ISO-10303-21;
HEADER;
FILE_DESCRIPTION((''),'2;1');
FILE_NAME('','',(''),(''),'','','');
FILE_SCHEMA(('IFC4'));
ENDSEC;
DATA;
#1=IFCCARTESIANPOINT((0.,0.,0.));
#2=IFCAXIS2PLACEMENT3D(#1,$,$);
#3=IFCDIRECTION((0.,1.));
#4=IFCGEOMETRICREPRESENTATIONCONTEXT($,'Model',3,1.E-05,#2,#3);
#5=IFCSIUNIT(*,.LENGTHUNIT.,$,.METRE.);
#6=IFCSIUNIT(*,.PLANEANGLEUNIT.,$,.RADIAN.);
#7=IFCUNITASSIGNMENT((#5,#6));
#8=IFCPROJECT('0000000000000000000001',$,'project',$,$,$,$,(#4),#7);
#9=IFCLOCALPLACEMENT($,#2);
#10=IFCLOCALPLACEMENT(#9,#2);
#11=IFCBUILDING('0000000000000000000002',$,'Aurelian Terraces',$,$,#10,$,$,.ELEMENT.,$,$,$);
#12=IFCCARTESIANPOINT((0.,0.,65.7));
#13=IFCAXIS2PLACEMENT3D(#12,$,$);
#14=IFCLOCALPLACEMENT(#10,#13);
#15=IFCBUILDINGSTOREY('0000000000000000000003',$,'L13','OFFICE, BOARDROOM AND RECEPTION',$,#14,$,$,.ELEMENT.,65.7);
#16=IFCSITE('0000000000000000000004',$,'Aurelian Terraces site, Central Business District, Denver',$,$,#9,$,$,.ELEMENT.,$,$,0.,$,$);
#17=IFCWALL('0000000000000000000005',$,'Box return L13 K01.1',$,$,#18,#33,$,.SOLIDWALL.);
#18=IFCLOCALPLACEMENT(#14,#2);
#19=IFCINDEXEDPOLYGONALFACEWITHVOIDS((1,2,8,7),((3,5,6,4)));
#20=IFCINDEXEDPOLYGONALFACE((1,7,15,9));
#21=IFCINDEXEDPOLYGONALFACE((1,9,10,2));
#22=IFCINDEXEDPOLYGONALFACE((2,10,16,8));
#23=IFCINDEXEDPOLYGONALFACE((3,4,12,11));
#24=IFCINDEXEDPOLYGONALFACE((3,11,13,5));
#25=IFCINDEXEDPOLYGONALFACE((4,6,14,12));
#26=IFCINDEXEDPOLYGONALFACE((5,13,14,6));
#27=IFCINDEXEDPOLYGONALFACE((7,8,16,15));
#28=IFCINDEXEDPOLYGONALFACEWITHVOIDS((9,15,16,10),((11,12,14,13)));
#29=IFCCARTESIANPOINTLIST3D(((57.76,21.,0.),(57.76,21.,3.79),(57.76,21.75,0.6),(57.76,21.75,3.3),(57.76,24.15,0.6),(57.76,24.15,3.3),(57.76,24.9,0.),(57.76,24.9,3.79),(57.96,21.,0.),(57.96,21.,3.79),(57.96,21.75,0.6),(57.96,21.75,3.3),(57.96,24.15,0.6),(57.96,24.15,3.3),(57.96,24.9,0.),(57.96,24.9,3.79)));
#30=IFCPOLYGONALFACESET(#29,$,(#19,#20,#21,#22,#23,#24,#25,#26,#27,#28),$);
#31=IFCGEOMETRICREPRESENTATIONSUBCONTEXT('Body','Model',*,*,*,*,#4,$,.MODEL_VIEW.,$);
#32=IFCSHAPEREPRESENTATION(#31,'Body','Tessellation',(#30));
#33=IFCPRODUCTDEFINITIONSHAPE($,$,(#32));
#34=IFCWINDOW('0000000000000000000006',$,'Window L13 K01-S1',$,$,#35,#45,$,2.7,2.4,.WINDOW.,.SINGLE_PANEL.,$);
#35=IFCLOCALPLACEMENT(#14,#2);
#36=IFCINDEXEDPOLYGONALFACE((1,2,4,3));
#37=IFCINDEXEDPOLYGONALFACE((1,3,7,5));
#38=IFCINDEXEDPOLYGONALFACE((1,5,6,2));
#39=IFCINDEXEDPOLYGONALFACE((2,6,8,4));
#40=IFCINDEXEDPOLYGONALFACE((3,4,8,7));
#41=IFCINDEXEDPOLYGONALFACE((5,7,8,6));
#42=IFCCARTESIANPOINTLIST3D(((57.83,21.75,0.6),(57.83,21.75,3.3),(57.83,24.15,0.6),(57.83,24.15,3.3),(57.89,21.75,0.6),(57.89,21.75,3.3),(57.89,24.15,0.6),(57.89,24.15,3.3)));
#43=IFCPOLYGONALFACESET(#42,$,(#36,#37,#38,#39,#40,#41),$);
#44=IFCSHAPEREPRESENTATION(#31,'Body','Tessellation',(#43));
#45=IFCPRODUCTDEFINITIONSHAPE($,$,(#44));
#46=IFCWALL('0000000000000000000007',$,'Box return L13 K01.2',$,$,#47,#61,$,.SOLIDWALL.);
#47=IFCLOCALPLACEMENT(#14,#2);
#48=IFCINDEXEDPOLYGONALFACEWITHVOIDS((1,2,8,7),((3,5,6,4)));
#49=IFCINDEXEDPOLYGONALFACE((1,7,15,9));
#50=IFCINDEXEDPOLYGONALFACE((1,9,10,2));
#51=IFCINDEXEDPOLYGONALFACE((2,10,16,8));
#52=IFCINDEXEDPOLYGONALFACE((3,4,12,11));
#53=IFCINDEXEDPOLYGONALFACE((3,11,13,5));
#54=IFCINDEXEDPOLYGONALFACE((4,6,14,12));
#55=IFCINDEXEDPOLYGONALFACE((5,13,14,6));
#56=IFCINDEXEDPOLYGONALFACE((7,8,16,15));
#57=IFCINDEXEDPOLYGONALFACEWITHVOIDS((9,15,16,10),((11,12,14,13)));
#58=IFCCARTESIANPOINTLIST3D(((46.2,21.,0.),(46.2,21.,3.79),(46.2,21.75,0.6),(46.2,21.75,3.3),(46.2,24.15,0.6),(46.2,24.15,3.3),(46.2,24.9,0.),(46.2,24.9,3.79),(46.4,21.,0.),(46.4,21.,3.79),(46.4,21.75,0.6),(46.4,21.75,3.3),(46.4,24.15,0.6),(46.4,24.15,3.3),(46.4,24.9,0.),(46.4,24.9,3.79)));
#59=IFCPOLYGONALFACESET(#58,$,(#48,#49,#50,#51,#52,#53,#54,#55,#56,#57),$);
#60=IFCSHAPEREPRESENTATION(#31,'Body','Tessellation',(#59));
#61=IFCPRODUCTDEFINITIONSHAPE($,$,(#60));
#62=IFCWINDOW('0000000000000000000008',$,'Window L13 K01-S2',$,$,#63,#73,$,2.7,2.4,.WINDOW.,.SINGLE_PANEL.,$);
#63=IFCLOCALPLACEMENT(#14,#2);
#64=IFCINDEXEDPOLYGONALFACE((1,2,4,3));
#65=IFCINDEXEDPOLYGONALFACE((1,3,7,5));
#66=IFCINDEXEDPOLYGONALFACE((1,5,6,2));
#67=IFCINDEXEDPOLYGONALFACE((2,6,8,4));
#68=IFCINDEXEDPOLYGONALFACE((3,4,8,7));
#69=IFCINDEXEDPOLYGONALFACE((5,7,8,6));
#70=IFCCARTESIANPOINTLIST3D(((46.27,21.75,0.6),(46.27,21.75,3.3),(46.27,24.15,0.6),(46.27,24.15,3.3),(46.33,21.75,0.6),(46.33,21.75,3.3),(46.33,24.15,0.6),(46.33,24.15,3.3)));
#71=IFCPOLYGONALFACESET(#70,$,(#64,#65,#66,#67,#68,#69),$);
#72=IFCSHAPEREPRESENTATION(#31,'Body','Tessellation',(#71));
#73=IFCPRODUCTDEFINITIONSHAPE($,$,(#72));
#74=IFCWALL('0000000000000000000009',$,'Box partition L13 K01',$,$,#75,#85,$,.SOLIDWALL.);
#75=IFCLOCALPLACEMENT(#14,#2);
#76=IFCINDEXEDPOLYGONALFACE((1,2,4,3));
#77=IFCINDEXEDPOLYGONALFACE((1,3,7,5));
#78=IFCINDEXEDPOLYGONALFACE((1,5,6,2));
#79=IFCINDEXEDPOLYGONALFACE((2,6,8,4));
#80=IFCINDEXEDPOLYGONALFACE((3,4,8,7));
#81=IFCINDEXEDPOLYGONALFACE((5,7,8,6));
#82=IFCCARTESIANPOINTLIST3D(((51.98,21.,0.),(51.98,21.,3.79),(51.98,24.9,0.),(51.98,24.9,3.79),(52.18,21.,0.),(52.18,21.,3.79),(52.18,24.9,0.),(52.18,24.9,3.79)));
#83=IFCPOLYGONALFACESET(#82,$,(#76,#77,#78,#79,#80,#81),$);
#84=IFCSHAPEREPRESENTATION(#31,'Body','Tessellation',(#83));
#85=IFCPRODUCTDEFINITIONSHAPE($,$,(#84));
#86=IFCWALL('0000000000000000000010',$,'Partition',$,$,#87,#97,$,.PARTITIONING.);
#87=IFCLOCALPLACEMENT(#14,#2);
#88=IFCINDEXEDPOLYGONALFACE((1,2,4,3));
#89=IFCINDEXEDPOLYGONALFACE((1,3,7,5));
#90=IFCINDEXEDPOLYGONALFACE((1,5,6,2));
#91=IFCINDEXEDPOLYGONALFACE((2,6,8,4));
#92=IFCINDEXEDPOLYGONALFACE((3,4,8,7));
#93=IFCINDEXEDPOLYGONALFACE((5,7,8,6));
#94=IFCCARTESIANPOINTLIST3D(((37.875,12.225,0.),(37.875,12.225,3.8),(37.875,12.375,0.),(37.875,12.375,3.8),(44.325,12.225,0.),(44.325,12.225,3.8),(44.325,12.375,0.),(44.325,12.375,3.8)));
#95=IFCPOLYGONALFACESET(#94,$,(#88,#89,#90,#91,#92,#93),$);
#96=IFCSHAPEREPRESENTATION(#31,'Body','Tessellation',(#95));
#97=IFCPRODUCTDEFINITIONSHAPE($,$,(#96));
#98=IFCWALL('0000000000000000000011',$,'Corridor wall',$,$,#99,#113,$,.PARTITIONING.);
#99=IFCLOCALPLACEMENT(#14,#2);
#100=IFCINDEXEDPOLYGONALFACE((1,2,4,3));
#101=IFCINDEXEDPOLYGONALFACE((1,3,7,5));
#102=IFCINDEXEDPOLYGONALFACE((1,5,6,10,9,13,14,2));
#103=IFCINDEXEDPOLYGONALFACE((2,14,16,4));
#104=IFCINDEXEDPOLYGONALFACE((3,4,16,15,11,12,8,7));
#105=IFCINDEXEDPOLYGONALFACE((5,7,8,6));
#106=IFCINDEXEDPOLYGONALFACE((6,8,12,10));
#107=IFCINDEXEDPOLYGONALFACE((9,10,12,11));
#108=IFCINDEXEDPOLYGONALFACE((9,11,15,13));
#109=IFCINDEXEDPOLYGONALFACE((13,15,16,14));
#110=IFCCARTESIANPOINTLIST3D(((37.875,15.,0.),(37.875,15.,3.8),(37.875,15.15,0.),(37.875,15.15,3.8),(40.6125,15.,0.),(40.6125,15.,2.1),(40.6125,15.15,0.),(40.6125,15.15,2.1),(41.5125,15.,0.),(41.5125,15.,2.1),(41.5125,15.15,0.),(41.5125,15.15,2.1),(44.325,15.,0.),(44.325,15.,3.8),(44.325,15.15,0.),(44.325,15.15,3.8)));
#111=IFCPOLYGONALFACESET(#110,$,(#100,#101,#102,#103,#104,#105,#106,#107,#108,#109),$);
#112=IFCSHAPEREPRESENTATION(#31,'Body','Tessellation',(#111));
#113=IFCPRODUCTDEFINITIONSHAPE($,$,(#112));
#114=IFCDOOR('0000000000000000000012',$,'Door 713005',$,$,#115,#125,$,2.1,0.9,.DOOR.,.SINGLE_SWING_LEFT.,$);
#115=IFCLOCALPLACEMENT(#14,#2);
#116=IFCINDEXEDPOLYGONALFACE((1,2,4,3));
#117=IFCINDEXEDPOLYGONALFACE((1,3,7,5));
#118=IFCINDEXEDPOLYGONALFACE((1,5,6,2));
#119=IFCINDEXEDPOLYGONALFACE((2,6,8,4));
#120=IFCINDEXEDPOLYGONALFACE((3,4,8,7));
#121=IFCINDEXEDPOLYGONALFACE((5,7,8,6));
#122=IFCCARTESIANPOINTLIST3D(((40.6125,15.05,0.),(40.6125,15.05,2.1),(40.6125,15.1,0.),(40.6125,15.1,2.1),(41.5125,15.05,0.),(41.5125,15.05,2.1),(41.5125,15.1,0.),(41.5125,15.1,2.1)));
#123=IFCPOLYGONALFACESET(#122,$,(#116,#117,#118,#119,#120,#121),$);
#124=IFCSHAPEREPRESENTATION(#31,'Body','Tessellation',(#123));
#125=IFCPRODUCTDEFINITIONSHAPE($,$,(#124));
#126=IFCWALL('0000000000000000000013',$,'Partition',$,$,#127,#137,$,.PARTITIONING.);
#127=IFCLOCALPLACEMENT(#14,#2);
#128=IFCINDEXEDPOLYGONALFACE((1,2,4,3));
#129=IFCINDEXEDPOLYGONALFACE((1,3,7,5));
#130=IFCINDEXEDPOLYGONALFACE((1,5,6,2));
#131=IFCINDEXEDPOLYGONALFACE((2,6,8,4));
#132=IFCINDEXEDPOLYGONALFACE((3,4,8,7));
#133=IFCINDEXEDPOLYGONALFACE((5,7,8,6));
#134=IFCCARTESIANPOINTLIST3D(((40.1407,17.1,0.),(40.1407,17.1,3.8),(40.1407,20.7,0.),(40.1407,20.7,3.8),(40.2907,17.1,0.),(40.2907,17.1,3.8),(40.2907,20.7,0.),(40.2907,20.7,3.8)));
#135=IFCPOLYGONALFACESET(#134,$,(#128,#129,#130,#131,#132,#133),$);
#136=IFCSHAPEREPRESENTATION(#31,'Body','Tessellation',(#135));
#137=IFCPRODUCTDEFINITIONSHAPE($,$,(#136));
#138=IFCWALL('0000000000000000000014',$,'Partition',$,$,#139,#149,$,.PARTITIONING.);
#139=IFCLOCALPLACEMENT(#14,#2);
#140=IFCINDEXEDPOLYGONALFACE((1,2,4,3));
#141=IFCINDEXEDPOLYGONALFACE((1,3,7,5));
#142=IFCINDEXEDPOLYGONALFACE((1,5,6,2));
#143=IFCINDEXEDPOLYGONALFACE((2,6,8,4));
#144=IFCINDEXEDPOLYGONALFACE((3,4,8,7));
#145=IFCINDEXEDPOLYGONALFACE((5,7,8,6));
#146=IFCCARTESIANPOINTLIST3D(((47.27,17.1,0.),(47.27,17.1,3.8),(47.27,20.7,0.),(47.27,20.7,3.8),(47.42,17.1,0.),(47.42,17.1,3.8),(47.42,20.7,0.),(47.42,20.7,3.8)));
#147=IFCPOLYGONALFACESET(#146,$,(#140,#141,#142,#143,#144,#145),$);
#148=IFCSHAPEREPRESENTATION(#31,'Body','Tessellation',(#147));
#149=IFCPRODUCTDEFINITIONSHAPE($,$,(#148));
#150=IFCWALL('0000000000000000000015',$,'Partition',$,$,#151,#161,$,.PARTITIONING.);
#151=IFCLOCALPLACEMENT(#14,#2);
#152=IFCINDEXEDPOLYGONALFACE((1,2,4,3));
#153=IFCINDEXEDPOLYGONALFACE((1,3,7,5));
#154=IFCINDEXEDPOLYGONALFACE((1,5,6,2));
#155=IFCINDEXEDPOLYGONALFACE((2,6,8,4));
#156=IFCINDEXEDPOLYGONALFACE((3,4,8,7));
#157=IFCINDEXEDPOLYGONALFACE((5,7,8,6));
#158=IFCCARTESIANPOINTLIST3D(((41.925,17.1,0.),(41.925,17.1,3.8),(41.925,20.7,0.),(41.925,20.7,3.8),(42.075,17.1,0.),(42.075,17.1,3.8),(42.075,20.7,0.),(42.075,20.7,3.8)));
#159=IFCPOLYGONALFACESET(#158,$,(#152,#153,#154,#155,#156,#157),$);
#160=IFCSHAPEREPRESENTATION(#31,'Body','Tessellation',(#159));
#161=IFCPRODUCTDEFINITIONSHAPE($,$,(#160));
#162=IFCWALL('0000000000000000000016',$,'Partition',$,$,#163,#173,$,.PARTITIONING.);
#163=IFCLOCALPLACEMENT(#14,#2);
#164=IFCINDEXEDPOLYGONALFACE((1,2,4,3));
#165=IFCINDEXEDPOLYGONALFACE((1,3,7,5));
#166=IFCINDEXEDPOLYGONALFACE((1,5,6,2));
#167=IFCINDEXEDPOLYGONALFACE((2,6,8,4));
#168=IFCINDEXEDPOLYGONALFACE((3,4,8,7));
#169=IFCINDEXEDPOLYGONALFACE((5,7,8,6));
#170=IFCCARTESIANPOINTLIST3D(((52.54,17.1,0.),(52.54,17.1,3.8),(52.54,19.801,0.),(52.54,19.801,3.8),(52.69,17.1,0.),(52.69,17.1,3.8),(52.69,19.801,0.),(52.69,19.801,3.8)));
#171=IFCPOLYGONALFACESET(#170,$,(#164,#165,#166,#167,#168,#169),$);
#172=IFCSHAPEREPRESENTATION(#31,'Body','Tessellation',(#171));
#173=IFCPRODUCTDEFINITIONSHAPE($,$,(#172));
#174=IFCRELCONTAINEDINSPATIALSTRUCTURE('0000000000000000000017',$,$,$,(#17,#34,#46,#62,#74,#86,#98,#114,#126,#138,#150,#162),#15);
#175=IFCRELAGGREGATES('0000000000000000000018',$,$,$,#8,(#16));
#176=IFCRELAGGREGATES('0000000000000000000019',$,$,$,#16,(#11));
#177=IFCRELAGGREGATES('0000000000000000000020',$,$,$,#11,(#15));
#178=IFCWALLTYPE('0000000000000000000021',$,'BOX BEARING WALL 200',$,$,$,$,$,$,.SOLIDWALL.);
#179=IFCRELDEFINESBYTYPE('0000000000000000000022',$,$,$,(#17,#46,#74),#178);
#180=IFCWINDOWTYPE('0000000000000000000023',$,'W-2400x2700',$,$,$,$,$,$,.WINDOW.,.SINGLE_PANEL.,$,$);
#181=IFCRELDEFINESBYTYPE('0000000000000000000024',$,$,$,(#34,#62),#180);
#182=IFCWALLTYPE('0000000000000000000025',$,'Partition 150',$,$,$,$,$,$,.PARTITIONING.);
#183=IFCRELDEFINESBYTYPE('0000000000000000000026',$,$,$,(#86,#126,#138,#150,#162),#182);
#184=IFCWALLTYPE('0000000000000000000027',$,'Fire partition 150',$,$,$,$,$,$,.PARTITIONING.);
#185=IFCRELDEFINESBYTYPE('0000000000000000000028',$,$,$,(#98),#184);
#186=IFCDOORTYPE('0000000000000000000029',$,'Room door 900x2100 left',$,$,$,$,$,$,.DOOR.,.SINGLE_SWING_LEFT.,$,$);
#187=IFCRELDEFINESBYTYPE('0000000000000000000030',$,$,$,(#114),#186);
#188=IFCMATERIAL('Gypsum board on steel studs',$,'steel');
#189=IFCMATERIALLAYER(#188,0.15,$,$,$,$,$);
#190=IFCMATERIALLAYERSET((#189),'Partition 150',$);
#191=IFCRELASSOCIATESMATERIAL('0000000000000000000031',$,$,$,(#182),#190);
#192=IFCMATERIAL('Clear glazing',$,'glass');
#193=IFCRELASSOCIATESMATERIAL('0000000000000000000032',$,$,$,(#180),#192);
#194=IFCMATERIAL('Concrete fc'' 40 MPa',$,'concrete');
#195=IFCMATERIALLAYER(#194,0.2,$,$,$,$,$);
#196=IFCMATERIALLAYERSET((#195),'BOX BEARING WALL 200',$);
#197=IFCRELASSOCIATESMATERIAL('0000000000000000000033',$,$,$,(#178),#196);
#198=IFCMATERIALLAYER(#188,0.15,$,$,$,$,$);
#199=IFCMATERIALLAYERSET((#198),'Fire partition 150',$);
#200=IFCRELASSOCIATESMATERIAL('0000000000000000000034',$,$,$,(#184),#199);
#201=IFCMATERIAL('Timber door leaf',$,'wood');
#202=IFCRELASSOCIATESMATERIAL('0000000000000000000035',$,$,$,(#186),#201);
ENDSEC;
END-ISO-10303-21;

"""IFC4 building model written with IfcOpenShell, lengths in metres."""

from ifc_helpers import new_model, si_unit, direction, frame, frame_2d, origin, place, context, subcontext, project, spatial, rectangle, extrude, source, transform, mapped, material, layer, layer_set, type_object, element, fill, save


model = new_model("IFC4")

# Units and contexts
model_context = context("Model", 3, precision=1e-05, world=origin(), true_north=direction((0.0, 1.0)))
body_context = subcontext(model_context, "Body", "Model", "MODEL_VIEW")
ifc_project = project(units=[si_unit("LENGTHUNIT", "METRE"), si_unit("PLANEANGLEUNIT", "RADIAN")], contexts=[model_context])

# Site, building, storey
site_placement = place(None, origin())
site = spatial("IfcSite", under=ifc_project, at=site_placement, Name="Aurelian Terraces site, Central Business District, Denver", CompositionType="ELEMENT", RefElevation=0.0)
building_placement = place(site_placement, origin())
building = spatial("IfcBuilding", under=site, at=building_placement, Name="Aurelian Terraces", CompositionType="ELEMENT")
storey_placement = place(building_placement, frame((0.0, 0.0, 65.7)))
storey = spatial("IfcBuildingStorey", under=building, at=storey_placement, Name="L13", Description="OFFICE, BOARDROOM AND RECEPTION", CompositionType="ELEMENT", Elevation=65.7)

# Shared definitions
ifc_material_1 = material(Name="Gypsum board on steel studs", Category="steel")
ifc_layer_1 = layer(ifc_material_1, 0.15)
ifc_layer_set_1 = layer_set([ifc_layer_1], Name="Partition 150")
wall_type_1 = type_object("IfcWallType", Name="Partition 150", PredefinedType="PARTITIONING", material=ifc_layer_set_1)

# Shared definitions
ifc_material_2 = material(Name="Clear glazing", Category="glass")
window_type = type_object("IfcWindowType", Name="W-2400x2700", PartitioningType="SINGLE_PANEL", PredefinedType="WINDOW", material=ifc_material_2)
shared_shape_1 = source(origin(), body_context, "Body", "SweptSolid", [
    extrude(rectangle(XDim=2.4, YDim=2.7, at=frame_2d((1.2, 1.35))), frame((0.0, 0.03, 0.0), z_axis=(0.0, -1.0, 0.0), x_axis=(1.0, 0.0, 0.0)), (0.0, 0.0, 1.0), 0.06),
])

# Shared definitions
ifc_material_3 = material(Name="Timber door leaf", Category="wood")

# Walls, openings, windows
ifc_material_4 = material(Name="Concrete fc' 40 MPa", Category="concrete")
ifc_layer_2 = layer(ifc_material_4, 0.2)
ifc_layer_set_2 = layer_set([ifc_layer_2], Name="BOX BEARING WALL 200")
wall_type_2 = type_object("IfcWallType", Name="BOX BEARING WALL 200", PredefinedType="SOLIDWALL", material=ifc_layer_set_2)
shared_shape_2 = source(origin(), body_context, "Body", "SweptSolid", [
    extrude(rectangle(XDim=3.9, YDim=0.2, at=frame_2d((1.95, 0.0))), origin(), (0.0, 0.0, 1.0), 3.79),
])
wall_1_placement = place(storey_placement, frame((57.86, 21.0, 0.0), z_axis=(0.0, 0.0, 1.0), x_axis=(0.0, 1.0, 0.0)))
wall_1 = element("IfcWall", 1, at=wall_1_placement, inside=storey, type_object=wall_type_2, Name="Box return L13 K01.1", PredefinedType="SOLIDWALL", context=body_context, shape_type="MappedRepresentation", body=[
    mapped(shared_shape_2, transform((0.0, 0.0, 0.0), scale=1.0)),
])
shared_shape_3 = source(origin(), body_context, "Body", "SweptSolid", [
    extrude(rectangle(XDim=2.4, YDim=2.7, at=frame_2d((1.2, 1.35))), frame((0.0, 0.11, 0.0), z_axis=(0.0, -1.0, 0.0), x_axis=(1.0, 0.0, 0.0)), (0.0, 0.0, 1.0), 0.22),
])
opening_1_placement = place(wall_1_placement, frame((0.75, 0.0, 0.6)))
opening_1 = element("IfcOpeningElement", 2, at=opening_1_placement, cuts=wall_1, PredefinedType="OPENING", context=body_context, shape_type="MappedRepresentation", body=[
    mapped(shared_shape_3, transform((0.0, 0.0, 0.0), scale=1.0)),
])
window_1_placement = place(opening_1_placement, origin())
window_1 = element("IfcWindow", 3, at=window_1_placement, inside=storey, type_object=window_type, Name="Window L13 K01-S1", OverallHeight=2.7, OverallWidth=2.4, PartitioningType="SINGLE_PANEL", PredefinedType="WINDOW", context=body_context, shape_type="MappedRepresentation", body=[
    mapped(shared_shape_1, transform((0.0, 0.0, 0.0), scale=1.0)),
])
fill(opening_1, window_1)
wall_2_placement = place(storey_placement, frame((46.3, 21.0, 0.0), z_axis=(0.0, 0.0, 1.0), x_axis=(0.0, 1.0, 0.0)))
wall_2 = element("IfcWall", 4, at=wall_2_placement, inside=storey, type_object=wall_type_2, Name="Box return L13 K01.2", PredefinedType="SOLIDWALL", context=body_context, shape_type="MappedRepresentation", body=[
    mapped(shared_shape_2, transform((0.0, 0.0, 0.0), scale=1.0)),
])
opening_2_placement = place(wall_2_placement, frame((0.75, 0.0, 0.6)))
opening_2 = element("IfcOpeningElement", 5, at=opening_2_placement, cuts=wall_2, PredefinedType="OPENING", context=body_context, shape_type="MappedRepresentation", body=[
    mapped(shared_shape_3, transform((0.0, 0.0, 0.0), scale=1.0)),
])
window_2_placement = place(opening_2_placement, origin())
window_2 = element("IfcWindow", 6, at=window_2_placement, inside=storey, type_object=window_type, Name="Window L13 K01-S2", OverallHeight=2.7, OverallWidth=2.4, PartitioningType="SINGLE_PANEL", PredefinedType="WINDOW", context=body_context, shape_type="MappedRepresentation", body=[
    mapped(shared_shape_1, transform((0.0, 0.0, 0.0), scale=1.0)),
])
fill(opening_2, window_2)

# Walls
shared_shape_4 = source(origin(), body_context, "Body", "SweptSolid", [
    extrude(rectangle(XDim=3.9, YDim=0.2, at=frame_2d((1.95, 0.0))), origin(), (0.0, 0.0, 1.0), 3.79),
])
wall_3_placement = place(storey_placement, frame((52.08, 21.0, 0.0), z_axis=(0.0, 0.0, 1.0), x_axis=(0.0, 1.0, 0.0)))
element("IfcWall", 7, at=wall_3_placement, inside=storey, type_object=wall_type_2, Name="Box partition L13 K01", PredefinedType="SOLIDWALL", context=body_context, shape_type="MappedRepresentation", body=[
    mapped(shared_shape_4, transform((0.0, 0.0, 0.0), scale=1.0)),
])
shared_shape_5 = source(origin(), body_context, "Body", "SweptSolid", [
    extrude(rectangle(XDim=6.45, YDim=0.15, at=frame_2d((3.225, 0.0))), origin(), (0.0, 0.0, 1.0), 3.8),
])
wall_4_placement = place(storey_placement, frame((37.875, 12.3, 0.0), z_axis=(0.0, 0.0, 1.0), x_axis=(1.0, 0.0, 0.0)))
element("IfcWall", 8, at=wall_4_placement, inside=storey, type_object=wall_type_1, Name="Partition", PredefinedType="PARTITIONING", context=body_context, shape_type="MappedRepresentation", body=[
    mapped(shared_shape_5, transform((0.0, 0.0, 0.0), scale=1.0)),
])

# Wall, opening, door
ifc_layer_3 = layer(ifc_material_1, 0.15)
ifc_layer_set_3 = layer_set([ifc_layer_3], Name="Fire partition 150")
wall_type_3 = type_object("IfcWallType", Name="Fire partition 150", PredefinedType="PARTITIONING", material=ifc_layer_set_3)
wall_5_placement = place(storey_placement, frame((44.325, 15.075, 0.0), z_axis=(0.0, 0.0, 1.0), x_axis=(-1.0, 0.0, 0.0)))
wall_5 = element("IfcWall", 9, at=wall_5_placement, inside=storey, type_object=wall_type_3, Name="Corridor wall", PredefinedType="PARTITIONING", context=body_context, shape_type="MappedRepresentation", body=[
    mapped(shared_shape_5, transform((0.0, 0.0, 0.0), scale=1.0)),
])
shared_shape_6 = source(origin(), body_context, "Body", "SweptSolid", [
    extrude(rectangle(XDim=0.9, YDim=2.1, at=frame_2d((0.45, 1.05))), frame((0.0, 0.085, 0.0), z_axis=(0.0, -1.0, 0.0), x_axis=(1.0, 0.0, 0.0)), (0.0, 0.0, 1.0), 0.17),
])
opening_3_placement = place(wall_5_placement, frame((2.8125, 0.0, 0.0)))
opening_3 = element("IfcOpeningElement", 10, at=opening_3_placement, cuts=wall_5, PredefinedType="OPENING", context=body_context, shape_type="MappedRepresentation", body=[
    mapped(shared_shape_6, transform((0.0, 0.0, 0.0), scale=1.0)),
])
door_type_1 = type_object("IfcDoorType", Name="Room door 900x2100 left", OperationType="SINGLE_SWING_LEFT", PredefinedType="DOOR", material=ifc_material_3)
shared_shape_7 = source(origin(), body_context, "Body", "SweptSolid", [
    extrude(rectangle(XDim=0.9, YDim=2.1, at=frame_2d((0.45, 1.05))), frame((0.0, 0.025, 0.0), z_axis=(0.0, -1.0, 0.0), x_axis=(1.0, 0.0, 0.0)), (0.0, 0.0, 1.0), 0.05),
])
door_1_placement = place(opening_3_placement, origin())
door_1 = element("IfcDoor", 11, at=door_1_placement, inside=storey, type_object=door_type_1, Name="Door 713005", OperationType="SINGLE_SWING_LEFT", OverallHeight=2.1, OverallWidth=0.9, PredefinedType="DOOR", context=body_context, shape_type="MappedRepresentation", body=[
    mapped(shared_shape_7, transform((0.0, 0.0, 0.0), scale=1.0)),
])
fill(opening_3, door_1)

# Walls
shared_shape_8 = source(origin(), body_context, "Body", "SweptSolid", [
    extrude(rectangle(XDim=3.6, YDim=0.15, at=frame_2d((1.8, 0.0))), origin(), (0.0, 0.0, 1.0), 3.8),
])
for number, where, z_axis, x_axis, name in (
    (12, (40.2157, 20.7, 0.0), (0.0, 0.0, 1.0), (0.0, -1.0, 0.0), "Partition"),
    (13, (47.345, 20.7, 0.0), (0.0, 0.0, 1.0), (0.0, -1.0, 0.0), "Partition"),
    (14, (42.0, 17.1, 0.0), (0.0, 0.0, 1.0), (0.0, 1.0, 0.0), "Partition"),
):
    element("IfcWall", number, at=place(storey_placement, frame(where, z_axis=z_axis, x_axis=x_axis)), inside=storey, type_object=wall_type_1, Name=name, PredefinedType="PARTITIONING", context=body_context, shape_type="MappedRepresentation", body=[
        mapped(shared_shape_8, transform((0.0, 0.0, 0.0), scale=1.0)),
    ])
shared_shape_9 = source(origin(), body_context, "Body", "SweptSolid", [
    extrude(rectangle(XDim=2.701, YDim=0.15, at=frame_2d((1.3505, 0.0))), origin(), (0.0, 0.0, 1.0), 3.8),
])
for number, where, z_axis, x_axis, name in (
    (15, (52.615, 19.801, 0.0), (0.0, 0.0, 1.0), (0.0, -1.0, 0.0), "Partition"),
):
    element("IfcWall", number, at=place(storey_placement, frame(where, z_axis=z_axis, x_axis=x_axis)), inside=storey, type_object=wall_type_1, Name=name, PredefinedType="PARTITIONING", context=body_context, shape_type="MappedRepresentation", body=[
        mapped(shared_shape_9, transform((0.0, 0.0, 0.0), scale=1.0)),
    ])

save(model, "model.ifc")
